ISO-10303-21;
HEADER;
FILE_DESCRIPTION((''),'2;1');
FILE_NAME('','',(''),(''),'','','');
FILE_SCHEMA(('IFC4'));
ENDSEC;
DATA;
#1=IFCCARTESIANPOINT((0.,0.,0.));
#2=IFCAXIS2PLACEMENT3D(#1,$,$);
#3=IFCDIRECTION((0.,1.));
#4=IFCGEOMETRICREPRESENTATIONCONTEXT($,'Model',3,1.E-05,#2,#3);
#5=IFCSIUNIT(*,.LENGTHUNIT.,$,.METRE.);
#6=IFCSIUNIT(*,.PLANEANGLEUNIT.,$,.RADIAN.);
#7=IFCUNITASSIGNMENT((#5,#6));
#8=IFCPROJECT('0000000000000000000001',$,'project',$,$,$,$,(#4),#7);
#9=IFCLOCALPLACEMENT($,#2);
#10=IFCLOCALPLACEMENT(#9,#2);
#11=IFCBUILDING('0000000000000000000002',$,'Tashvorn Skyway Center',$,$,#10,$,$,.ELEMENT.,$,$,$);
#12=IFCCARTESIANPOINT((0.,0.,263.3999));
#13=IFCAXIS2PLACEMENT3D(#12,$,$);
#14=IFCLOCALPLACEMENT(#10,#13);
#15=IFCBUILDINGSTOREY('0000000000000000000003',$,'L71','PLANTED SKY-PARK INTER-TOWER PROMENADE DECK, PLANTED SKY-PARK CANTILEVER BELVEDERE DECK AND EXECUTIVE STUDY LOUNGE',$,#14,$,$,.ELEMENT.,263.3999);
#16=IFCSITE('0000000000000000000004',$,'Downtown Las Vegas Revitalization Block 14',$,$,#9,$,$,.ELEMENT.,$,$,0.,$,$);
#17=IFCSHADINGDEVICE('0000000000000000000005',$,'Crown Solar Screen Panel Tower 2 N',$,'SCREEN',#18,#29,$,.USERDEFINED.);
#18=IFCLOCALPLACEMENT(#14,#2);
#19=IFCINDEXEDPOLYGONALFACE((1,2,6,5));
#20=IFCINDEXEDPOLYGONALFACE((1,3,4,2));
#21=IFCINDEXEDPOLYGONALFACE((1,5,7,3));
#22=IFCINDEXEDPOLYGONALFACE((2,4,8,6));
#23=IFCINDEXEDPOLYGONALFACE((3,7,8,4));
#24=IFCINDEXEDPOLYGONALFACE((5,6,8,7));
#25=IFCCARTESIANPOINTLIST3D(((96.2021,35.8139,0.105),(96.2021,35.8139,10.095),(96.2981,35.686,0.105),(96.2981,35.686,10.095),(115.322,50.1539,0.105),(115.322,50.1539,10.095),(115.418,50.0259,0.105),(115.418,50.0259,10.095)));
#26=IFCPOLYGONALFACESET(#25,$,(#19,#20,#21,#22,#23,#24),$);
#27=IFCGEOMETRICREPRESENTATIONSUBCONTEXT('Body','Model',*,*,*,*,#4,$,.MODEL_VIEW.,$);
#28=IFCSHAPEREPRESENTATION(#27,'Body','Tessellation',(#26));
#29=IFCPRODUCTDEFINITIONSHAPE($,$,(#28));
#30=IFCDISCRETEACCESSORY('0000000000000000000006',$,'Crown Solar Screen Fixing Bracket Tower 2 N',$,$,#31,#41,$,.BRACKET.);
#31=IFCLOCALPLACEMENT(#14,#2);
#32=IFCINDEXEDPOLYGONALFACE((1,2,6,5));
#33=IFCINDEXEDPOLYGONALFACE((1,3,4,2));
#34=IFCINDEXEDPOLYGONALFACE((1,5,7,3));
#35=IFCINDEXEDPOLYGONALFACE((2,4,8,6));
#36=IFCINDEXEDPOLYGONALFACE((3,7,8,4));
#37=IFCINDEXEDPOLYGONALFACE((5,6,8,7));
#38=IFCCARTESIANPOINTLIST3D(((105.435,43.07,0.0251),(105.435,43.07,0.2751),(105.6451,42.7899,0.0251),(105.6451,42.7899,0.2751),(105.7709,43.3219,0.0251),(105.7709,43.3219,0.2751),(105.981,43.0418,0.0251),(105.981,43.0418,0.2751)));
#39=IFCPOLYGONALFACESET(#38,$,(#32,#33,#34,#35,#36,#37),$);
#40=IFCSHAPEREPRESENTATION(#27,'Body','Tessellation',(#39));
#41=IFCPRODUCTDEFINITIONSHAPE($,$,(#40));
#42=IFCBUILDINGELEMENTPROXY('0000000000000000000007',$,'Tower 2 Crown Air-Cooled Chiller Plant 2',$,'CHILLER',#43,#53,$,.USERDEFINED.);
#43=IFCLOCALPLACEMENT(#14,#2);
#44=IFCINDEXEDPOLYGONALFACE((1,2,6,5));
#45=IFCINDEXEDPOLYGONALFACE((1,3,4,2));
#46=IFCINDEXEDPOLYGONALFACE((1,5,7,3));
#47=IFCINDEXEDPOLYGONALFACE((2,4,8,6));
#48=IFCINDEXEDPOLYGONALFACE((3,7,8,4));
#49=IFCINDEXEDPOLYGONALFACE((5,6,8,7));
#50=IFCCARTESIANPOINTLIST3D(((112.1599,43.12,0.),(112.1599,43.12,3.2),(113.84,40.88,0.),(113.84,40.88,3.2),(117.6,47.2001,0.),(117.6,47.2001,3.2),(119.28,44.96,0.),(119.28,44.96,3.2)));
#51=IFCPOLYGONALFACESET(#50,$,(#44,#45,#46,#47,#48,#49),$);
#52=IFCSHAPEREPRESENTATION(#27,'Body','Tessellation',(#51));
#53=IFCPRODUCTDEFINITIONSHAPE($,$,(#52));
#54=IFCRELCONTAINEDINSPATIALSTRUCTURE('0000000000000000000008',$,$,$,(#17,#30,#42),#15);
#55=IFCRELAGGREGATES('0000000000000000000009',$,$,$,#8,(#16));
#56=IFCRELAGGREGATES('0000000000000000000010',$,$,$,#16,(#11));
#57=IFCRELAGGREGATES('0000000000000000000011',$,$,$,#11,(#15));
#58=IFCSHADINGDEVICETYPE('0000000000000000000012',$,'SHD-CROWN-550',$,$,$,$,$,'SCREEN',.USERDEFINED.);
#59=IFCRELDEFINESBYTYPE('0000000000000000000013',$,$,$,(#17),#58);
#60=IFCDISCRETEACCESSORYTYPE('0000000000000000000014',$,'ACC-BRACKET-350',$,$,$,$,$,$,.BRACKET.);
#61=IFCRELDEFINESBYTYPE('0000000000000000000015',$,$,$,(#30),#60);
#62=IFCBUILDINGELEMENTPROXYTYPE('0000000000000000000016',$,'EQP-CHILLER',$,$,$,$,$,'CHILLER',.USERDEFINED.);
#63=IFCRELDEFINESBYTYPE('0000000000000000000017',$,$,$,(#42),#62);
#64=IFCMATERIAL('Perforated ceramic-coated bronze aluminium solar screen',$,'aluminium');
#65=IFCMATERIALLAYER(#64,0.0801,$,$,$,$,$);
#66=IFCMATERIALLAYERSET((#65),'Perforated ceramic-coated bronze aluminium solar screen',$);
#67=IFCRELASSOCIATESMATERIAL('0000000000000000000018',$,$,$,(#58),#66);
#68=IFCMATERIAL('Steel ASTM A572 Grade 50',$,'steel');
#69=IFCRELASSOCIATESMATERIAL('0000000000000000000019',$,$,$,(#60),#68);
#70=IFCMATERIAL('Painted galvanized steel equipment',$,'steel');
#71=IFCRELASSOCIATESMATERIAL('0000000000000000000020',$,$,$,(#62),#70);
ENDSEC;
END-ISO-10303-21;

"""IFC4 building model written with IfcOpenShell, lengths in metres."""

from ifc_helpers import new_model, si_unit, direction, frame, origin, origin_2d, place, context, subcontext, project, spatial, rectangle, extrude, material, layer, layer_set, type_object, element, save


model = new_model("IFC4")

# Units and contexts
model_context = context("Model", 3, precision=1e-05, world=origin(), true_north=direction((0.0, 1.0)))
body_context = subcontext(model_context, "Body", "Model", "MODEL_VIEW")
ifc_project = project(units=[si_unit("LENGTHUNIT", "METRE"), si_unit("PLANEANGLEUNIT", "RADIAN")], contexts=[model_context])

# Site, building, storey
site_placement = place(None, origin())
site = spatial("IfcSite", under=ifc_project, at=site_placement, Name="Downtown Las Vegas Revitalization Block 14", CompositionType="ELEMENT", RefElevation=0.0)
building_placement = place(site_placement, origin())
building = spatial("IfcBuilding", under=site, at=building_placement, Name="Tashvorn Skyway Center", CompositionType="ELEMENT")
storey_placement = place(building_placement, frame((0.0, 0.0, 263.3999)))
storey = spatial("IfcBuildingStorey", under=building, at=storey_placement, Name="L71", Description="PLANTED SKY-PARK INTER-TOWER PROMENADE DECK, PLANTED SKY-PARK CANTILEVER BELVEDERE DECK AND EXECUTIVE STUDY LOUNGE", CompositionType="ELEMENT", Elevation=263.3999)

# Shared definitions
ifc_material_1 = material(Name="Steel ASTM A572 Grade 50", Category="steel")

# Shared definitions
ifc_material_2 = material(Name="Perforated ceramic-coated bronze aluminium solar screen", Category="aluminium")

# Shading device
ifc_layer_1 = layer(ifc_material_2, 0.0801)
ifc_layer_set_1 = layer_set([ifc_layer_1], Name="Perforated ceramic-coated bronze aluminium solar screen")
shading_device_type = type_object("IfcShadingDeviceType", Name="SHD-CROWN-550", ElementType="SCREEN", PredefinedType="USERDEFINED", material=ifc_layer_set_1)
shading_device_placement = place(storey_placement, frame((105.8101, 42.9199, 0.105), z_axis=(0.0, 0.0, 1.0), x_axis=(-0.8, -0.6, 0.0)))
element("IfcShadingDevice", 1, at=shading_device_placement, inside=storey, type_object=shading_device_type, Name="Crown Solar Screen Panel Tower 2 N", ObjectType="SCREEN", PredefinedType="USERDEFINED", context=body_context, shape_type="SweptSolid", body=[
    extrude(rectangle(XDim=23.8999, YDim=0.1599, at=origin_2d()), origin(), (0.0, 0.0, 1.0), 9.99),
])

# Discrete accessory
discrete_accessory_type = type_object("IfcDiscreteAccessoryType", Name="ACC-BRACKET-350", PredefinedType="BRACKET", material=ifc_material_1)
discrete_accessory_placement = place(storey_placement, frame((105.708, 43.0559, 0.0251), z_axis=(0.0, 0.0, 1.0), x_axis=(-0.8, -0.6, 0.0)))
element("IfcDiscreteAccessory", 2, at=discrete_accessory_placement, inside=storey, type_object=discrete_accessory_type, Name="Crown Solar Screen Fixing Bracket Tower 2 N", PredefinedType="BRACKET", context=body_context, shape_type="SweptSolid", body=[
    extrude(rectangle(XDim=0.4199, YDim=0.3501, at=origin_2d()), origin(), (0.0, 0.0, 1.0), 0.25),
])

# Building element proxy
ifc_material_3 = material(Name="Painted galvanized steel equipment", Category="steel")
building_element_proxy_type = type_object("IfcBuildingElementProxyType", Name="EQP-CHILLER", ElementType="CHILLER", PredefinedType="USERDEFINED", material=ifc_material_3)
proxy_placement = place(storey_placement, frame((115.72, 44.04, 0.0), z_axis=(0.0, 0.0, 1.0), x_axis=(0.8, 0.6, 0.0)))
element("IfcBuildingElementProxy", 3, at=proxy_placement, inside=storey, type_object=building_element_proxy_type, Name="Tower 2 Crown Air-Cooled Chiller Plant 2", ObjectType="CHILLER", PredefinedType="USERDEFINED", context=body_context, shape_type="SweptSolid", body=[
    extrude(rectangle(XDim=6.8, YDim=2.8, at=origin_2d()), origin(), (0.0, 0.0, 1.0), 3.2),
])

save(model, "model.ifc")
